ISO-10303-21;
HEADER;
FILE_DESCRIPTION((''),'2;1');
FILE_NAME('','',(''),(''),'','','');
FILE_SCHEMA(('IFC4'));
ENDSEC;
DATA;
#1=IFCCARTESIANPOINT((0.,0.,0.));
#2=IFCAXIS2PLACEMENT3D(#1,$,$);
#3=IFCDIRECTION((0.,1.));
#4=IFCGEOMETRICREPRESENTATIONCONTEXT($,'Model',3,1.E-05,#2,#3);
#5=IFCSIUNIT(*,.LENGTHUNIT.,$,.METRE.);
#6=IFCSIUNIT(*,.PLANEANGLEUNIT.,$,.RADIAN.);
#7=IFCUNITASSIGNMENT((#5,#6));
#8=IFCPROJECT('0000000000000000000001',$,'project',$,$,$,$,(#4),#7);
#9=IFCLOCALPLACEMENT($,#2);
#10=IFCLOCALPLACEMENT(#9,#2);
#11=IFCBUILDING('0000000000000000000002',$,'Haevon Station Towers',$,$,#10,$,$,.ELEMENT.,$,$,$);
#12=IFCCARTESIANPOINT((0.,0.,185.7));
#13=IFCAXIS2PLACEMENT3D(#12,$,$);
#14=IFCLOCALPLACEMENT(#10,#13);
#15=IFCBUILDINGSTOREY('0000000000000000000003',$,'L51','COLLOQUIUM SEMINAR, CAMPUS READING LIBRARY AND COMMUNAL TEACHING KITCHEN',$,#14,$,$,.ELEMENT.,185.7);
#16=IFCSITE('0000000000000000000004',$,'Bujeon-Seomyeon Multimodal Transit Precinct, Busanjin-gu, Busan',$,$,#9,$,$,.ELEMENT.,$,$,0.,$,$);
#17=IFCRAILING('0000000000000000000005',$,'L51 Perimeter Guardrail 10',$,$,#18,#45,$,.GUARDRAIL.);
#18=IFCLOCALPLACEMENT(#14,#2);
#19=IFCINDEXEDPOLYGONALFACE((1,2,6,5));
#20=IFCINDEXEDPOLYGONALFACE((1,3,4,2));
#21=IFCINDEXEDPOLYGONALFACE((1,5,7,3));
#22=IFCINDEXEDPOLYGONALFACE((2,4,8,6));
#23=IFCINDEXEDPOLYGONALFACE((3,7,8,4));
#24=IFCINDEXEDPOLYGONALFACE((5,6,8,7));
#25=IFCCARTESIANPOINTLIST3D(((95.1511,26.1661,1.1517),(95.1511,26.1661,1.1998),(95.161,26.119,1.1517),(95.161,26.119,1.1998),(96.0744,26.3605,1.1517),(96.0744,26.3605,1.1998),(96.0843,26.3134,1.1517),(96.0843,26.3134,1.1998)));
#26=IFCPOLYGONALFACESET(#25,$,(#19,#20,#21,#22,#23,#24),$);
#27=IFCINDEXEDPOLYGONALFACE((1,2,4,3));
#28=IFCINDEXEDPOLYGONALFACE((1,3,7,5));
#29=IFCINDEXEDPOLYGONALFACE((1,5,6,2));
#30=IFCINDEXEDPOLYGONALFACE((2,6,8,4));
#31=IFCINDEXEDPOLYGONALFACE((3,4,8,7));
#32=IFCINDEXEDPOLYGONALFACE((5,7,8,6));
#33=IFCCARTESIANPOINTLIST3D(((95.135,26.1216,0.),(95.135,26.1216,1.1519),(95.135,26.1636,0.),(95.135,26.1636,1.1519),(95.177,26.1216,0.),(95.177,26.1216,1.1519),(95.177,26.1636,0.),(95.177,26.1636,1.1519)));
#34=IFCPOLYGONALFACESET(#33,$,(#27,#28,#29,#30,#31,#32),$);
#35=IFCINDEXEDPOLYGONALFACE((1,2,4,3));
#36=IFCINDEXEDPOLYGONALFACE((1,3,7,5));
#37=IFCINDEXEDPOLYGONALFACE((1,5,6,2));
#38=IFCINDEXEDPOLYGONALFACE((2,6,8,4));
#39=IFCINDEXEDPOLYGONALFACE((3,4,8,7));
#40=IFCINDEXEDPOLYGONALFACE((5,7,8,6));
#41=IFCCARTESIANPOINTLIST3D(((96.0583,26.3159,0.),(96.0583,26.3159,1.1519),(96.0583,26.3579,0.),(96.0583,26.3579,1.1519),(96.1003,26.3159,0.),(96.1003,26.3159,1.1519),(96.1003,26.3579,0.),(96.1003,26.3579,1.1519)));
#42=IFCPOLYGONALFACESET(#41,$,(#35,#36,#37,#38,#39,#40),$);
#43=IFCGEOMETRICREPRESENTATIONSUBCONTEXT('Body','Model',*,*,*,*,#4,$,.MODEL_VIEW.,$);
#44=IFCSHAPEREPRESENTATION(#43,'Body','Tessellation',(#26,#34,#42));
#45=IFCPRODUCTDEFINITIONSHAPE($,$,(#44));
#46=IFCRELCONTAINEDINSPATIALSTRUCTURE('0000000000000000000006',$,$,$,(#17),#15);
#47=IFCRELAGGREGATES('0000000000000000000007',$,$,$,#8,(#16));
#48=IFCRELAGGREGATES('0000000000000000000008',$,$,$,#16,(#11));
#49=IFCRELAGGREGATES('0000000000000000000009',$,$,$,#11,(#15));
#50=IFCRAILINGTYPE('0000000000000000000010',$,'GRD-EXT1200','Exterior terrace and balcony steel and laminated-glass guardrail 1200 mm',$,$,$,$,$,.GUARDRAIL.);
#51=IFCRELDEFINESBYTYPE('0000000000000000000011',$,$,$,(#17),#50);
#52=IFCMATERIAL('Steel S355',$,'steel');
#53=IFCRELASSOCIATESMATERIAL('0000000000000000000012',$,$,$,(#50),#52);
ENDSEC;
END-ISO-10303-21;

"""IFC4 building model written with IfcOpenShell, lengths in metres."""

from ifc_helpers import new_model, si_unit, direction, frame, origin, origin_2d, place, context, subcontext, project, spatial, rectangle, extrude, material, type_object, element, save


model = new_model("IFC4")

# Units and contexts
model_context = context("Model", 3, precision=1e-05, world=origin(), true_north=direction((0.0, 1.0)))
body_context = subcontext(model_context, "Body", "Model", "MODEL_VIEW")
ifc_project = project(units=[si_unit("LENGTHUNIT", "METRE"), si_unit("PLANEANGLEUNIT", "RADIAN")], contexts=[model_context])

# Site, building, storey
site_placement = place(None, origin())
site = spatial("IfcSite", under=ifc_project, at=site_placement, Name="Bujeon-Seomyeon Multimodal Transit Precinct, Busanjin-gu, Busan", CompositionType="ELEMENT", RefElevation=0.0)
building_placement = place(site_placement, origin())
building = spatial("IfcBuilding", under=site, at=building_placement, Name="Haevon Station Towers", CompositionType="ELEMENT")
storey_placement = place(building_placement, frame((0.0, 0.0, 185.7)))
storey = spatial("IfcBuildingStorey", under=building, at=storey_placement, Name="L51", Description="COLLOQUIUM SEMINAR, CAMPUS READING LIBRARY AND COMMUNAL TEACHING KITCHEN", CompositionType="ELEMENT", Elevation=185.7)

# Shared definitions
ifc_material_1 = material(Name="Steel S355", Category="steel")

# Railing
railing_type = type_object("IfcRailingType", Name="GRD-EXT1200", Description="Exterior terrace and balcony steel and laminated-glass guardrail 1200 mm", PredefinedType="GUARDRAIL", material=ifc_material_1)
railing_1_placement = place(storey_placement, frame((95.156, 26.1426, 0.0)))
element("IfcRailing", 1, at=railing_1_placement, inside=storey, type_object=railing_type, Name="L51 Perimeter Guardrail 10", PredefinedType="GUARDRAIL", context=body_context, shape_type="SweptSolid", body=[
    extrude(rectangle(XDim=0.0481, YDim=0.0481, at=origin_2d()), frame((0.0, 0.0, 1.1758), z_axis=(0.978561, 0.205958, 0.0), x_axis=(-0.205958, 0.978561, 0.0)), (0.0, 0.0, 1.0), 0.9436),
    extrude(rectangle(XDim=0.042, YDim=0.042, at=origin_2d()), origin(), (0.0, 0.0, 1.0), 1.1519),
    extrude(rectangle(XDim=0.042, YDim=0.042, at=origin_2d()), frame((0.9233, 0.1943, 0.0)), (0.0, 0.0, 1.0), 1.1519),
])

save(model, "model.ifc")
